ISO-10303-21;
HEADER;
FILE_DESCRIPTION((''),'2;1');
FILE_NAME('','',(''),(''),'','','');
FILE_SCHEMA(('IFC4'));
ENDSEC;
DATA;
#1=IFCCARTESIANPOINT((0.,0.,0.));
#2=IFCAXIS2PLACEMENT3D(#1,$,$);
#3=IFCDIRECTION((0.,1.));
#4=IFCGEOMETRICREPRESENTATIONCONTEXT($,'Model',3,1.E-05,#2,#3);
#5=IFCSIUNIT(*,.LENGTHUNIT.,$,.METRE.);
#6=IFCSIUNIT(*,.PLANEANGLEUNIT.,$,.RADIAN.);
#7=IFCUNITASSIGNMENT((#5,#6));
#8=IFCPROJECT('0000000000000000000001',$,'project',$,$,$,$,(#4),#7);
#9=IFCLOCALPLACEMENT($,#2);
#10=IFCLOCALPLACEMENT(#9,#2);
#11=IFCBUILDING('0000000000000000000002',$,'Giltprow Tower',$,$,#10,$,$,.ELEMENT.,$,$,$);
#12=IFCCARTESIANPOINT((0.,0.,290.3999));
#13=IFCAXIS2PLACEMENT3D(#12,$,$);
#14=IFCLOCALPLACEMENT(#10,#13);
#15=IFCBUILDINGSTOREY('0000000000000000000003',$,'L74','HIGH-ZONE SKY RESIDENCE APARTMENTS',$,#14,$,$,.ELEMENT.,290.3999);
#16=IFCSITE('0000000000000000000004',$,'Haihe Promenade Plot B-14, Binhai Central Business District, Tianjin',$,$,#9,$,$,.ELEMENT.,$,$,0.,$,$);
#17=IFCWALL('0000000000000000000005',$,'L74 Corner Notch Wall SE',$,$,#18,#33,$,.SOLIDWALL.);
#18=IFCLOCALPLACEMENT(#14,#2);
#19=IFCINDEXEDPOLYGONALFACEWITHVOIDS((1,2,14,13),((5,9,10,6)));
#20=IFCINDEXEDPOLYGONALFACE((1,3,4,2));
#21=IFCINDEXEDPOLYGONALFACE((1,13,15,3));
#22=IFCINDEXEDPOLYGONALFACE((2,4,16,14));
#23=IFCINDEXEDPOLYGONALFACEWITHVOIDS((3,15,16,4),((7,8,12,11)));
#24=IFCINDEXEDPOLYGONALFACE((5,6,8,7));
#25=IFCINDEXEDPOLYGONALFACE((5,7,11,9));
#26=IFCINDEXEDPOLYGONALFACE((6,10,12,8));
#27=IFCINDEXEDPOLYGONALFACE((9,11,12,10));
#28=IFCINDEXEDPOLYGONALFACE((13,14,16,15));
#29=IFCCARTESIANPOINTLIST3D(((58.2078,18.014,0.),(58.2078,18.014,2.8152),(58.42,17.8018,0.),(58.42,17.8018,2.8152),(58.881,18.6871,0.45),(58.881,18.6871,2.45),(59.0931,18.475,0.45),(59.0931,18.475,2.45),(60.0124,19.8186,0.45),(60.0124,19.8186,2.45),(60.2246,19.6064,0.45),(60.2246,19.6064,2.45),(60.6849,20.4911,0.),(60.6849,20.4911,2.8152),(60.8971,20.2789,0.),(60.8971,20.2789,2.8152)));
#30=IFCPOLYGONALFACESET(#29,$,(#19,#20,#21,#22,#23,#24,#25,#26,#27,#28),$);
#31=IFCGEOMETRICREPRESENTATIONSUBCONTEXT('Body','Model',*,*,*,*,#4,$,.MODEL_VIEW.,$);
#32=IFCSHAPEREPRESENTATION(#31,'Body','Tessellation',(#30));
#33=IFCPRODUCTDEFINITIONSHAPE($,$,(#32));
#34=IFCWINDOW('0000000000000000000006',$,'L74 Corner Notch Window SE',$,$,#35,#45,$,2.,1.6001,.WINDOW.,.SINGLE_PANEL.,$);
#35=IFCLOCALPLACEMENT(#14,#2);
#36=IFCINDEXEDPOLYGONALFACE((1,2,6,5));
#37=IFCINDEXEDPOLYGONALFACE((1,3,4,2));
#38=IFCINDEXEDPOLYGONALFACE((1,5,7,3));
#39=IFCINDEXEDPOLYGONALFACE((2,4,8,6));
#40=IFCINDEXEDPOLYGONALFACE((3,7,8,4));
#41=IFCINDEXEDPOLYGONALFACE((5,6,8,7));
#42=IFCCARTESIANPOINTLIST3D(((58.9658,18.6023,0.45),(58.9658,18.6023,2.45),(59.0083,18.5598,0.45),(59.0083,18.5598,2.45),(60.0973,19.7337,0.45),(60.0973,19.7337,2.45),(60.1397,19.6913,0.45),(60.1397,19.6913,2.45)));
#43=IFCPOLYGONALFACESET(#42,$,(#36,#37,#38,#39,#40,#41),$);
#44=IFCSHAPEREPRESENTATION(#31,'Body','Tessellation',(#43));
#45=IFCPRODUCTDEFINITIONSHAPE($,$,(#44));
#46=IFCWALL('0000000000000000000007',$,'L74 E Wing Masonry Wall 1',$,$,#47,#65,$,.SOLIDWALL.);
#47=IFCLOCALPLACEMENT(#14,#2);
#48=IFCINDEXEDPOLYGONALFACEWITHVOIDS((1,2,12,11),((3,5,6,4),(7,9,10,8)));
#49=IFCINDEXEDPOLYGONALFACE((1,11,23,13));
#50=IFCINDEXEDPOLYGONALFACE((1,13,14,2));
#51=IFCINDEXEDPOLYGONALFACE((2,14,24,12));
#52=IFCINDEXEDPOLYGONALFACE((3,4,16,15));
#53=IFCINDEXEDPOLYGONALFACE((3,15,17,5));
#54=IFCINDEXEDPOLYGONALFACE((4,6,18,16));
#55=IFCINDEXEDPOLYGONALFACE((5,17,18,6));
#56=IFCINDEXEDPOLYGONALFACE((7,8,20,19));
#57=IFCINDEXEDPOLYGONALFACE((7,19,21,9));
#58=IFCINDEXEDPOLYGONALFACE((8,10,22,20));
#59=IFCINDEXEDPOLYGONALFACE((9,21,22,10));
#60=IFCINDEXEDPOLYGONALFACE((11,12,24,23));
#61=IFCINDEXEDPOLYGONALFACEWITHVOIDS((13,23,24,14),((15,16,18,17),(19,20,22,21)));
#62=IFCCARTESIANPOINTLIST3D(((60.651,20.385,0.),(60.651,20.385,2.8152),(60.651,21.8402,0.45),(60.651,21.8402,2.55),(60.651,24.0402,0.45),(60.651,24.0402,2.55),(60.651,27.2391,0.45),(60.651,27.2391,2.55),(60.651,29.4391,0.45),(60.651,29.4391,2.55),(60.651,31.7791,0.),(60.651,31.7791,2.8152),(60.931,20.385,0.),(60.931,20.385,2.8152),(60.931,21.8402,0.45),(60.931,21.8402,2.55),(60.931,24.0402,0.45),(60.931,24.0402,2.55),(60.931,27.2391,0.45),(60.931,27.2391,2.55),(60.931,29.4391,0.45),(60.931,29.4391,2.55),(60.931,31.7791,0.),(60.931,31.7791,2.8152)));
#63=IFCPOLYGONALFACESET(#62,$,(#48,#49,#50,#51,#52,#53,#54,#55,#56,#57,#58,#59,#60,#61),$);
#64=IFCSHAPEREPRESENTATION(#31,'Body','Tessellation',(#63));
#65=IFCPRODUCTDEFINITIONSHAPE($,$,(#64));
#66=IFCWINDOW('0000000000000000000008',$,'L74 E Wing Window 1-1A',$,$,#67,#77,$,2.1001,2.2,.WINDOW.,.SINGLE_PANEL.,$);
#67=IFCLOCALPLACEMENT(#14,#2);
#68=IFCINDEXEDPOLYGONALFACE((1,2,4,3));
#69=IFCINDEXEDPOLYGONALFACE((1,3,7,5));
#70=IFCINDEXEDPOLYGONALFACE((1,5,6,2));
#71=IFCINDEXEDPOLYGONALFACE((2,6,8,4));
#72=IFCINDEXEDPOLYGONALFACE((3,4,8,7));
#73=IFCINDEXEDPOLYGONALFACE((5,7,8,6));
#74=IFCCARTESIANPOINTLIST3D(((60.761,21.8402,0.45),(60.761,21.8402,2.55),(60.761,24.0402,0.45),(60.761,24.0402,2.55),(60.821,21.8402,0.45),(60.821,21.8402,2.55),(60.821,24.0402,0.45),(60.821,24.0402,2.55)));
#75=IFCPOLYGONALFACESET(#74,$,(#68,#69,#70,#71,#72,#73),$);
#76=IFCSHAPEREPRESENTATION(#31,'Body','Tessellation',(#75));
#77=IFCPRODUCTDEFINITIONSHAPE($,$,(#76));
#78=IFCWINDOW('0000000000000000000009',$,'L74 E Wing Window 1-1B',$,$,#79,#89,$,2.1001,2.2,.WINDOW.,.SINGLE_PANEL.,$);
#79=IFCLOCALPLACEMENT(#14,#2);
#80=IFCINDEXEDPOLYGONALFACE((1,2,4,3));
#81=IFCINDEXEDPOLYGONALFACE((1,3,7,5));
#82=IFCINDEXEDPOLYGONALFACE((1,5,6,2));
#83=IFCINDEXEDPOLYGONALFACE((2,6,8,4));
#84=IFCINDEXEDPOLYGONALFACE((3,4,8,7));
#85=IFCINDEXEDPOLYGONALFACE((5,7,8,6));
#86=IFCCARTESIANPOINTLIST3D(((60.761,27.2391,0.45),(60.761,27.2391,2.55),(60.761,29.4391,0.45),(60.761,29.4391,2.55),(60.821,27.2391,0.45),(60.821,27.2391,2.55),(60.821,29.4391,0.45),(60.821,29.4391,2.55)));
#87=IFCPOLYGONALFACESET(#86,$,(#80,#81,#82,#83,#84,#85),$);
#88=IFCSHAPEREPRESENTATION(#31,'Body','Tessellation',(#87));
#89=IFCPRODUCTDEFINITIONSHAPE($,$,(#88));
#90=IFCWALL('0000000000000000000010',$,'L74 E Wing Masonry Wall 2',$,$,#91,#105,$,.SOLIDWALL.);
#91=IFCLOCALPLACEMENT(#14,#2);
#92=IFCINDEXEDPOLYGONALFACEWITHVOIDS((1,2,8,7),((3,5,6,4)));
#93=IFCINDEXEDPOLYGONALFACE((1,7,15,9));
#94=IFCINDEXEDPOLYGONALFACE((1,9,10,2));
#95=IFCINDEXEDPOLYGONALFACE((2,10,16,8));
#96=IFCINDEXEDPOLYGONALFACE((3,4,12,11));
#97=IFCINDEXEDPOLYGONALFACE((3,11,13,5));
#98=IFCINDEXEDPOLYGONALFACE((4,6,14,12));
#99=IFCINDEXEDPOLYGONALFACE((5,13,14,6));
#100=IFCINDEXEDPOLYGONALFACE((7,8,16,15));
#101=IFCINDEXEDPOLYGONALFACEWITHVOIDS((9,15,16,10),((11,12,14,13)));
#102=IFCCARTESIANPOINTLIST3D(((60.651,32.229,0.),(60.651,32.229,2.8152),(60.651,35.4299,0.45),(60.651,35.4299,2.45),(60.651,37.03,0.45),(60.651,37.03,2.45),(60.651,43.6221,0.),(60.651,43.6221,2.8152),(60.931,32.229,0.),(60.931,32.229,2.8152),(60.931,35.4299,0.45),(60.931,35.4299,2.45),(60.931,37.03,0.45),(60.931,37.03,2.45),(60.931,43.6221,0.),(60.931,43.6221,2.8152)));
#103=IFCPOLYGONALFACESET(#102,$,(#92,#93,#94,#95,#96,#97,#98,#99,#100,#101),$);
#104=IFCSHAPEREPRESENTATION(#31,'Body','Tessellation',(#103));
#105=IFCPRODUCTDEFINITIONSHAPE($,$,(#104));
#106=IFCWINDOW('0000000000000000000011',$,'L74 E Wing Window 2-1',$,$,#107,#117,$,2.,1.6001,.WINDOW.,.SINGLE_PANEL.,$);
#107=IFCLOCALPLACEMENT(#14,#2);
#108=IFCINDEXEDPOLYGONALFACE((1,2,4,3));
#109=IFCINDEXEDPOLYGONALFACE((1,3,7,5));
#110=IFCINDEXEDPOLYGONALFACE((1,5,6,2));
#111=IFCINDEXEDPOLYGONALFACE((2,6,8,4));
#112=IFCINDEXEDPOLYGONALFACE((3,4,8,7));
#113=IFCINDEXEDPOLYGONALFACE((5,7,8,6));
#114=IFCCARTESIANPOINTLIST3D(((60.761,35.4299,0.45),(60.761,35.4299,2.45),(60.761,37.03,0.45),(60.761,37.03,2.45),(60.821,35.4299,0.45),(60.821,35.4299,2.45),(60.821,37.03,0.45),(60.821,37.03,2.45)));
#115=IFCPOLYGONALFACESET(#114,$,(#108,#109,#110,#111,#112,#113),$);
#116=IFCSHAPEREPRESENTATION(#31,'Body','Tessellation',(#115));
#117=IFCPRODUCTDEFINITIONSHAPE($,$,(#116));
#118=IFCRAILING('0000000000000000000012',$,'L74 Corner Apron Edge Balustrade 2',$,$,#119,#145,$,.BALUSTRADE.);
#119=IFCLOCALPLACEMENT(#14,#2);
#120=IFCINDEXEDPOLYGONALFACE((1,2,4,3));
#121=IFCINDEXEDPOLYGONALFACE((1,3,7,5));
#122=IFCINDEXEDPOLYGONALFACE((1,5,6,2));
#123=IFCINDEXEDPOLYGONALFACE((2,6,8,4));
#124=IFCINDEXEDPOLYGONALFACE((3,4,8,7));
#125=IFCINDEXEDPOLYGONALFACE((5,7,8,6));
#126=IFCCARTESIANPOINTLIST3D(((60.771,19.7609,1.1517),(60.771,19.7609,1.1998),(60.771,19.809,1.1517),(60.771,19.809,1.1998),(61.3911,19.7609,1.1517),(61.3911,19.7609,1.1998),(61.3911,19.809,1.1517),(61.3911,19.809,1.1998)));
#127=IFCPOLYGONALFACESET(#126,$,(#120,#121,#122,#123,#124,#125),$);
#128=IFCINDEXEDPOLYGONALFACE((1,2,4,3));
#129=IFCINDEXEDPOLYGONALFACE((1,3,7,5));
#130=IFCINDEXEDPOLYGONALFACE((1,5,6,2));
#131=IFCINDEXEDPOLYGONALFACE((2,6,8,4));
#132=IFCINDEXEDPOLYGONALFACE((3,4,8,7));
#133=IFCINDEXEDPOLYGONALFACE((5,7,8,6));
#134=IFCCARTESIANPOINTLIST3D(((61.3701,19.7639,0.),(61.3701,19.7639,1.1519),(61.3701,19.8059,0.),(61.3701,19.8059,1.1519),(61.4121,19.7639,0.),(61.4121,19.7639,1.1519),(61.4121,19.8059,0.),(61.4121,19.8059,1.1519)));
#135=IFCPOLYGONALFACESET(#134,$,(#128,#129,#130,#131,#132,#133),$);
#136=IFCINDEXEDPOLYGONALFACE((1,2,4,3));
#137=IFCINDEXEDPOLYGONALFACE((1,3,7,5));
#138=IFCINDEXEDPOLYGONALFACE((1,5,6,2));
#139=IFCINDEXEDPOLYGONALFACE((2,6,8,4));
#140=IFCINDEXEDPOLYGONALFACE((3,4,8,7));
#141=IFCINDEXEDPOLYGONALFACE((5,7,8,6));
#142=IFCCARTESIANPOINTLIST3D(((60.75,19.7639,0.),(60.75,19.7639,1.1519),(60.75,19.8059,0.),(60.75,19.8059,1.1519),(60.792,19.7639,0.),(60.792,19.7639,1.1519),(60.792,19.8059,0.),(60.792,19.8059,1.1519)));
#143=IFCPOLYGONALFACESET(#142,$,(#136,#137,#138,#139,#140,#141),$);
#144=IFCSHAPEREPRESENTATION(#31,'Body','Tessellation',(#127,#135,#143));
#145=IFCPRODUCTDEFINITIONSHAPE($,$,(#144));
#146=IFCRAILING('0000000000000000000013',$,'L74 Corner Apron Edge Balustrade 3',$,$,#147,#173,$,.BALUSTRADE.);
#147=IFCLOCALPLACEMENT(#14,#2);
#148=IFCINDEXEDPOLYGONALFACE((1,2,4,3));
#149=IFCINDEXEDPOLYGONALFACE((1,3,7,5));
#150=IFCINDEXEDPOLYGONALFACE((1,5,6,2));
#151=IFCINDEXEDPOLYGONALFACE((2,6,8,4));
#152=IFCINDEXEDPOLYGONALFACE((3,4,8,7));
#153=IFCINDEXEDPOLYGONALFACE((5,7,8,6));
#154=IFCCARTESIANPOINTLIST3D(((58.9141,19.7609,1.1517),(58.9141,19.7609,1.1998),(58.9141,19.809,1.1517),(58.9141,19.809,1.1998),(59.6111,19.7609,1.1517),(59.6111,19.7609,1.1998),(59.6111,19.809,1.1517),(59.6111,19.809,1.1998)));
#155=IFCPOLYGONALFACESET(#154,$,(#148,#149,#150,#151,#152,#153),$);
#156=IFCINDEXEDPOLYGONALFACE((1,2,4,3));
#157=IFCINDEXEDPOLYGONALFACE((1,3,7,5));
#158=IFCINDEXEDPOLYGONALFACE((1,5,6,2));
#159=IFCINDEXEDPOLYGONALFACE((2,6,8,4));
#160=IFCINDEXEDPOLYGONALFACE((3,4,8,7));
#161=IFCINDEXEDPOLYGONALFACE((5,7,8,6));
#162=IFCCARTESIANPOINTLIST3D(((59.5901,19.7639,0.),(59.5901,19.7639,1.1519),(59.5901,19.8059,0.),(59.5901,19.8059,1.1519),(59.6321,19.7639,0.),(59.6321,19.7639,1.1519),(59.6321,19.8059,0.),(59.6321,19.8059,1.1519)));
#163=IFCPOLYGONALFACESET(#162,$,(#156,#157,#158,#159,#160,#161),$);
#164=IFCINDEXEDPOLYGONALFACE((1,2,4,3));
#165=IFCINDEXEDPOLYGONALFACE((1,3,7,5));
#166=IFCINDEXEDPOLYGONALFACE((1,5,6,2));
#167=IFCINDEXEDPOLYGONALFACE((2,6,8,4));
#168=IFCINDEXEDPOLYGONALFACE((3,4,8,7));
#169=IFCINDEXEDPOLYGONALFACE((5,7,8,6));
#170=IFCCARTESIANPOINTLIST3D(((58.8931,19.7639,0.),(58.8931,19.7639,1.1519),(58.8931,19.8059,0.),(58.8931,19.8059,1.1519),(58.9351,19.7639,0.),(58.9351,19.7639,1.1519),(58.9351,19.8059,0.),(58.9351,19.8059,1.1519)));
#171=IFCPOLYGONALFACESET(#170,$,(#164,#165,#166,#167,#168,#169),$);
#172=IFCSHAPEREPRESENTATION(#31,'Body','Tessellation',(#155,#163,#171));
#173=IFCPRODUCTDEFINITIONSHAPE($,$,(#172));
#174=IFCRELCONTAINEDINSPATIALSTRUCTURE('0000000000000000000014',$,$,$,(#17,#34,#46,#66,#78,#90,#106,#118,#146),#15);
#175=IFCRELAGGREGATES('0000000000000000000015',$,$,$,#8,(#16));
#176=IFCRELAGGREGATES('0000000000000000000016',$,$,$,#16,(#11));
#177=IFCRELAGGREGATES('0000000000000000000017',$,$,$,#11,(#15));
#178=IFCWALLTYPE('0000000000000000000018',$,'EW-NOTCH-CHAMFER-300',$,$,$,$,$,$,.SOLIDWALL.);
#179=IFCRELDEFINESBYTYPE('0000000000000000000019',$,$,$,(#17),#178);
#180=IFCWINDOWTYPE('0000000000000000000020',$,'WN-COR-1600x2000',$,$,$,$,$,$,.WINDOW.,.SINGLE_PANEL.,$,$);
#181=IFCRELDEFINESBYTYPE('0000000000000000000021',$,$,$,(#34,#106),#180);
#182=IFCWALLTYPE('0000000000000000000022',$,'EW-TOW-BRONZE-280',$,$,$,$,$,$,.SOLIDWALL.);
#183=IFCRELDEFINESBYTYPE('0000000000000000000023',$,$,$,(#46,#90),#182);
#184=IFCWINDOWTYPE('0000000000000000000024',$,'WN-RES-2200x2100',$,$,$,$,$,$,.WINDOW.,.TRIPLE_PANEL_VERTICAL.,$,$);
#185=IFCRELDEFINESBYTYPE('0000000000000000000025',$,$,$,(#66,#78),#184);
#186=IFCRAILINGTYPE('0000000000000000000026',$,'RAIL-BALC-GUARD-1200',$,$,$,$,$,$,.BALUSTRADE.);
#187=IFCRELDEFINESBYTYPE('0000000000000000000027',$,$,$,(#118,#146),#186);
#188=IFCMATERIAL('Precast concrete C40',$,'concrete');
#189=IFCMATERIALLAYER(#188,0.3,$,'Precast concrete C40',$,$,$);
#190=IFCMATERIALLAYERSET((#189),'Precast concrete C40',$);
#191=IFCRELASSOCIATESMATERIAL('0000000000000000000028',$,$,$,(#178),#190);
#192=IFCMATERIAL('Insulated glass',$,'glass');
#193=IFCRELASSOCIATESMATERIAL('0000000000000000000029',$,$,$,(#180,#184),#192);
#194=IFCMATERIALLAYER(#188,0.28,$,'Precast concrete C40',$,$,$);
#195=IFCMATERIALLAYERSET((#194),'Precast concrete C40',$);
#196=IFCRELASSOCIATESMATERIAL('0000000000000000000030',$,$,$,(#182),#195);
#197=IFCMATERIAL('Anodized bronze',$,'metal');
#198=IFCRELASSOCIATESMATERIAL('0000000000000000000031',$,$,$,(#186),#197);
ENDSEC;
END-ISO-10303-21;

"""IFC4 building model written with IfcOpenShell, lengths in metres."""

from ifc_helpers import new_model, si_unit, direction, frame, frame_2d, origin, origin_2d, place, context, subcontext, project, spatial, rectangle, extrude, source, transform, mapped, material, layer, layer_set, type_object, element, fill, save


model = new_model("IFC4")

# Units and contexts
model_context = context("Model", 3, precision=1e-05, world=origin(), true_north=direction((0.0, 1.0)))
body_context = subcontext(model_context, "Body", "Model", "MODEL_VIEW")
ifc_project = project(units=[si_unit("LENGTHUNIT", "METRE"), si_unit("PLANEANGLEUNIT", "RADIAN")], contexts=[model_context])

# Site, building, storey
site_placement = place(None, origin())
site = spatial("IfcSite", under=ifc_project, at=site_placement, Name="Haihe Promenade Plot B-14, Binhai Central Business District, Tianjin", CompositionType="ELEMENT", RefElevation=0.0)
building_placement = place(site_placement, origin())
building = spatial("IfcBuilding", under=site, at=building_placement, Name="Giltprow Tower", CompositionType="ELEMENT")
storey_placement = place(building_placement, frame((0.0, 0.0, 290.3999)))
storey = spatial("IfcBuildingStorey", under=building, at=storey_placement, Name="L74", Description="HIGH-ZONE SKY RESIDENCE APARTMENTS", CompositionType="ELEMENT", Elevation=290.3999)

# Shared definitions
ifc_material_1 = material(Name="Anodized bronze", Category="metal")

# Shared definitions
ifc_material_2 = material(Name="Insulated glass", Category="glass")

# Wall, opening, window
ifc_material_3 = material(Name="Precast concrete C40", Category="concrete")
ifc_layer_1 = layer(ifc_material_3, 0.3, Name="Precast concrete C40")
ifc_layer_set_1 = layer_set([ifc_layer_1], Name="Precast concrete C40")
wall_type_1 = type_object("IfcWallType", Name="EW-NOTCH-CHAMFER-300", PredefinedType="SOLIDWALL", material=ifc_layer_set_1)
wall_1_placement = place(storey_placement, frame((58.314, 17.908, 0.0), z_axis=(0.0, 0.0, 1.0), x_axis=(0.707107, 0.707107, 0.0)))
wall_1 = element("IfcWall", 1, at=wall_1_placement, inside=storey, type_object=wall_type_1, Name="L74 Corner Notch Wall SE", PredefinedType="SOLIDWALL", context=body_context, shape_type="SweptSolid", body=[
    extrude(rectangle(XDim=3.5032, YDim=0.3, at=frame_2d((1.7515, 0.0))), origin(), (0.0, 0.0, 1.0), 2.8152),
])
opening_1_placement = place(wall_1_placement, frame((0.9519, 0.0, 0.45)))
opening_1 = element("IfcOpeningElement", 2, at=opening_1_placement, cuts=wall_1, PredefinedType="OPENING", context=body_context, shape_type="SweptSolid", body=[
    extrude(rectangle(XDim=1.6001, YDim=2.0, at=frame_2d((0.8, 1.0))), frame((0.0, 0.1599, 0.0), z_axis=(0.0, -1.0, 0.0), x_axis=(1.0, 0.0, 0.0)), (0.0, 0.0, 1.0), 0.3201),
])
window_type_1 = type_object("IfcWindowType", Name="WN-COR-1600x2000", PartitioningType="SINGLE_PANEL", PredefinedType="WINDOW", material=ifc_material_2)
shared_shape_1 = source(origin(), body_context, "Body", "SweptSolid", [
    extrude(rectangle(XDim=1.6001, YDim=2.0, at=frame_2d((0.8, 1.0))), frame((0.0, 0.03, 0.0), z_axis=(0.0, -1.0, 0.0), x_axis=(1.0, 0.0, 0.0)), (0.0, 0.0, 1.0), 0.0601),
])
window_1_placement = place(opening_1_placement, origin())
window_1 = element("IfcWindow", 3, at=window_1_placement, inside=storey, type_object=window_type_1, Name="L74 Corner Notch Window SE", OverallHeight=2.0, OverallWidth=1.6001, PartitioningType="SINGLE_PANEL", PredefinedType="WINDOW", context=body_context, shape_type="MappedRepresentation", body=[
    mapped(shared_shape_1, transform((0.0, 0.0, 0.0), x_axis=(1.0, 0.0, 0.0), y_axis=(0.0, 1.0, 0.0), z_axis=(0.0, 0.0, 1.0), scale=1.0)),
])
fill(opening_1, window_1)

# Wall, openings, windows
ifc_layer_2 = layer(ifc_material_3, 0.28, Name="Precast concrete C40")
ifc_layer_set_2 = layer_set([ifc_layer_2], Name="Precast concrete C40")
wall_type_2 = type_object("IfcWallType", Name="EW-TOW-BRONZE-280", PredefinedType="SOLIDWALL", material=ifc_layer_set_2)
wall_2_placement = place(storey_placement, frame((60.791, 20.385, 0.0), z_axis=(0.0, 0.0, 1.0), x_axis=(0.0, 1.0, 0.0)))
wall_2 = element("IfcWall", 4, at=wall_2_placement, inside=storey, type_object=wall_type_2, Name="L74 E Wing Masonry Wall 1", PredefinedType="SOLIDWALL", context=body_context, shape_type="SweptSolid", body=[
    extrude(rectangle(XDim=11.394, YDim=0.28, at=frame_2d((5.697, 0.0))), origin(), (0.0, 0.0, 1.0), 2.8152),
])
opening_2_placement = place(wall_2_placement, frame((1.4551, 0.0, 0.45)))
opening_2 = element("IfcOpeningElement", 5, at=opening_2_placement, cuts=wall_2, PredefinedType="OPENING", context=body_context, shape_type="SweptSolid", body=[
    extrude(rectangle(XDim=2.2, YDim=2.1001, at=frame_2d((1.1001, 1.05))), frame((0.0, 0.1499, 0.0), z_axis=(0.0, -1.0, 0.0), x_axis=(1.0, 0.0, 0.0)), (0.0, 0.0, 1.0), 0.3),
])
opening_3_placement = place(wall_2_placement, frame((6.854, 0.0, 0.45)))
opening_3 = element("IfcOpeningElement", 6, at=opening_3_placement, cuts=wall_2, PredefinedType="OPENING", context=body_context, shape_type="SweptSolid", body=[
    extrude(rectangle(XDim=2.2, YDim=2.1001, at=frame_2d((1.1001, 1.05))), frame((0.0, 0.1499, 0.0), z_axis=(0.0, -1.0, 0.0), x_axis=(1.0, 0.0, 0.0)), (0.0, 0.0, 1.0), 0.3),
])
window_type_2 = type_object("IfcWindowType", Name="WN-RES-2200x2100", PartitioningType="TRIPLE_PANEL_VERTICAL", PredefinedType="WINDOW", material=ifc_material_2)
shared_shape_2 = source(origin(), body_context, "Body", "SweptSolid", [
    extrude(rectangle(XDim=2.2, YDim=2.1001, at=frame_2d((1.1001, 1.05))), frame((0.0, 0.03, 0.0), z_axis=(0.0, -1.0, 0.0), x_axis=(1.0, 0.0, 0.0)), (0.0, 0.0, 1.0), 0.0601),
])
window_2_placement = place(opening_2_placement, origin())
window_2 = element("IfcWindow", 7, at=window_2_placement, inside=storey, type_object=window_type_2, Name="L74 E Wing Window 1-1A", OverallHeight=2.1001, OverallWidth=2.2, PartitioningType="SINGLE_PANEL", PredefinedType="WINDOW", context=body_context, shape_type="MappedRepresentation", body=[
    mapped(shared_shape_2, transform((0.0, 0.0, 0.0), x_axis=(1.0, 0.0, 0.0), y_axis=(0.0, 1.0, 0.0), z_axis=(0.0, 0.0, 1.0), scale=1.0)),
])
fill(opening_2, window_2)
window_3_placement = place(opening_3_placement, origin())
window_3 = element("IfcWindow", 8, at=window_3_placement, inside=storey, type_object=window_type_2, Name="L74 E Wing Window 1-1B", OverallHeight=2.1001, OverallWidth=2.2, PartitioningType="SINGLE_PANEL", PredefinedType="WINDOW", context=body_context, shape_type="MappedRepresentation", body=[
    mapped(shared_shape_2, transform((0.0, 0.0, 0.0), x_axis=(1.0, 0.0, 0.0), y_axis=(0.0, 1.0, 0.0), z_axis=(0.0, 0.0, 1.0), scale=1.0)),
])
fill(opening_3, window_3)

# Wall, opening, window
wall_3_placement = place(storey_placement, frame((60.791, 32.229, 0.0), z_axis=(0.0, 0.0, 1.0), x_axis=(0.0, 1.0, 0.0)))
wall_3 = element("IfcWall", 9, at=wall_3_placement, inside=storey, type_object=wall_type_2, Name="L74 E Wing Masonry Wall 2", PredefinedType="SOLIDWALL", context=body_context, shape_type="SweptSolid", body=[
    extrude(rectangle(XDim=11.3931, YDim=0.28, at=frame_2d((5.6965, 0.0))), origin(), (0.0, 0.0, 1.0), 2.8152),
])
opening_4_placement = place(wall_3_placement, frame((3.2009, 0.0, 0.45)))
opening_4 = element("IfcOpeningElement", 10, at=opening_4_placement, cuts=wall_3, PredefinedType="OPENING", context=body_context, shape_type="SweptSolid", body=[
    extrude(rectangle(XDim=1.6001, YDim=2.0, at=frame_2d((0.8, 1.0))), frame((0.0, 0.1499, 0.0), z_axis=(0.0, -1.0, 0.0), x_axis=(1.0, 0.0, 0.0)), (0.0, 0.0, 1.0), 0.3),
])
window_4_placement = place(opening_4_placement, origin())
window_4 = element("IfcWindow", 11, at=window_4_placement, inside=storey, type_object=window_type_1, Name="L74 E Wing Window 2-1", OverallHeight=2.0, OverallWidth=1.6001, PartitioningType="SINGLE_PANEL", PredefinedType="WINDOW", context=body_context, shape_type="MappedRepresentation", body=[
    mapped(shared_shape_1, transform((0.0, 0.0, 0.0), x_axis=(1.0, 0.0, 0.0), y_axis=(0.0, 1.0, 0.0), z_axis=(0.0, 0.0, 1.0), scale=1.0)),
])
fill(opening_4, window_4)

# Railings
railing_type = type_object("IfcRailingType", Name="RAIL-BALC-GUARD-1200", PredefinedType="BALUSTRADE", material=ifc_material_1)
railing_1_placement = place(storey_placement, frame((61.3911, 19.7849, 0.0)))
element("IfcRailing", 12, at=railing_1_placement, inside=storey, type_object=railing_type, Name="L74 Corner Apron Edge Balustrade 2", PredefinedType="BALUSTRADE", context=body_context, shape_type="SweptSolid", body=[
    extrude(rectangle(XDim=0.0481, YDim=0.0481, at=origin_2d()), frame((0.0, 0.0, 1.1758), z_axis=(-1.0, 0.0, 0.0), x_axis=(0.0, -1.0, 0.0)), (0.0, 0.0, 1.0), 0.6201),
    extrude(rectangle(XDim=0.042, YDim=0.042, at=origin_2d()), origin(), (0.0, 0.0, 1.0), 1.1519),
    extrude(rectangle(XDim=0.042, YDim=0.042, at=origin_2d()), frame((-0.6201, 0.0, 0.0)), (0.0, 0.0, 1.0), 1.1519),
])
railing_2_placement = place(storey_placement, frame((59.6111, 19.7849, 0.0)))
element("IfcRailing", 13, at=railing_2_placement, inside=storey, type_object=railing_type, Name="L74 Corner Apron Edge Balustrade 3", PredefinedType="BALUSTRADE", context=body_context, shape_type="SweptSolid", body=[
    extrude(rectangle(XDim=0.0481, YDim=0.0481, at=origin_2d()), frame((0.0, 0.0, 1.1758), z_axis=(-1.0, 0.0, 0.0), x_axis=(0.0, -1.0, 0.0)), (0.0, 0.0, 1.0), 0.697),
    extrude(rectangle(XDim=0.042, YDim=0.042, at=origin_2d()), origin(), (0.0, 0.0, 1.0), 1.1519),
    extrude(rectangle(XDim=0.042, YDim=0.042, at=origin_2d()), frame((-0.697, 0.0, 0.0)), (0.0, 0.0, 1.0), 1.1519),
])

save(model, "model.ifc")
